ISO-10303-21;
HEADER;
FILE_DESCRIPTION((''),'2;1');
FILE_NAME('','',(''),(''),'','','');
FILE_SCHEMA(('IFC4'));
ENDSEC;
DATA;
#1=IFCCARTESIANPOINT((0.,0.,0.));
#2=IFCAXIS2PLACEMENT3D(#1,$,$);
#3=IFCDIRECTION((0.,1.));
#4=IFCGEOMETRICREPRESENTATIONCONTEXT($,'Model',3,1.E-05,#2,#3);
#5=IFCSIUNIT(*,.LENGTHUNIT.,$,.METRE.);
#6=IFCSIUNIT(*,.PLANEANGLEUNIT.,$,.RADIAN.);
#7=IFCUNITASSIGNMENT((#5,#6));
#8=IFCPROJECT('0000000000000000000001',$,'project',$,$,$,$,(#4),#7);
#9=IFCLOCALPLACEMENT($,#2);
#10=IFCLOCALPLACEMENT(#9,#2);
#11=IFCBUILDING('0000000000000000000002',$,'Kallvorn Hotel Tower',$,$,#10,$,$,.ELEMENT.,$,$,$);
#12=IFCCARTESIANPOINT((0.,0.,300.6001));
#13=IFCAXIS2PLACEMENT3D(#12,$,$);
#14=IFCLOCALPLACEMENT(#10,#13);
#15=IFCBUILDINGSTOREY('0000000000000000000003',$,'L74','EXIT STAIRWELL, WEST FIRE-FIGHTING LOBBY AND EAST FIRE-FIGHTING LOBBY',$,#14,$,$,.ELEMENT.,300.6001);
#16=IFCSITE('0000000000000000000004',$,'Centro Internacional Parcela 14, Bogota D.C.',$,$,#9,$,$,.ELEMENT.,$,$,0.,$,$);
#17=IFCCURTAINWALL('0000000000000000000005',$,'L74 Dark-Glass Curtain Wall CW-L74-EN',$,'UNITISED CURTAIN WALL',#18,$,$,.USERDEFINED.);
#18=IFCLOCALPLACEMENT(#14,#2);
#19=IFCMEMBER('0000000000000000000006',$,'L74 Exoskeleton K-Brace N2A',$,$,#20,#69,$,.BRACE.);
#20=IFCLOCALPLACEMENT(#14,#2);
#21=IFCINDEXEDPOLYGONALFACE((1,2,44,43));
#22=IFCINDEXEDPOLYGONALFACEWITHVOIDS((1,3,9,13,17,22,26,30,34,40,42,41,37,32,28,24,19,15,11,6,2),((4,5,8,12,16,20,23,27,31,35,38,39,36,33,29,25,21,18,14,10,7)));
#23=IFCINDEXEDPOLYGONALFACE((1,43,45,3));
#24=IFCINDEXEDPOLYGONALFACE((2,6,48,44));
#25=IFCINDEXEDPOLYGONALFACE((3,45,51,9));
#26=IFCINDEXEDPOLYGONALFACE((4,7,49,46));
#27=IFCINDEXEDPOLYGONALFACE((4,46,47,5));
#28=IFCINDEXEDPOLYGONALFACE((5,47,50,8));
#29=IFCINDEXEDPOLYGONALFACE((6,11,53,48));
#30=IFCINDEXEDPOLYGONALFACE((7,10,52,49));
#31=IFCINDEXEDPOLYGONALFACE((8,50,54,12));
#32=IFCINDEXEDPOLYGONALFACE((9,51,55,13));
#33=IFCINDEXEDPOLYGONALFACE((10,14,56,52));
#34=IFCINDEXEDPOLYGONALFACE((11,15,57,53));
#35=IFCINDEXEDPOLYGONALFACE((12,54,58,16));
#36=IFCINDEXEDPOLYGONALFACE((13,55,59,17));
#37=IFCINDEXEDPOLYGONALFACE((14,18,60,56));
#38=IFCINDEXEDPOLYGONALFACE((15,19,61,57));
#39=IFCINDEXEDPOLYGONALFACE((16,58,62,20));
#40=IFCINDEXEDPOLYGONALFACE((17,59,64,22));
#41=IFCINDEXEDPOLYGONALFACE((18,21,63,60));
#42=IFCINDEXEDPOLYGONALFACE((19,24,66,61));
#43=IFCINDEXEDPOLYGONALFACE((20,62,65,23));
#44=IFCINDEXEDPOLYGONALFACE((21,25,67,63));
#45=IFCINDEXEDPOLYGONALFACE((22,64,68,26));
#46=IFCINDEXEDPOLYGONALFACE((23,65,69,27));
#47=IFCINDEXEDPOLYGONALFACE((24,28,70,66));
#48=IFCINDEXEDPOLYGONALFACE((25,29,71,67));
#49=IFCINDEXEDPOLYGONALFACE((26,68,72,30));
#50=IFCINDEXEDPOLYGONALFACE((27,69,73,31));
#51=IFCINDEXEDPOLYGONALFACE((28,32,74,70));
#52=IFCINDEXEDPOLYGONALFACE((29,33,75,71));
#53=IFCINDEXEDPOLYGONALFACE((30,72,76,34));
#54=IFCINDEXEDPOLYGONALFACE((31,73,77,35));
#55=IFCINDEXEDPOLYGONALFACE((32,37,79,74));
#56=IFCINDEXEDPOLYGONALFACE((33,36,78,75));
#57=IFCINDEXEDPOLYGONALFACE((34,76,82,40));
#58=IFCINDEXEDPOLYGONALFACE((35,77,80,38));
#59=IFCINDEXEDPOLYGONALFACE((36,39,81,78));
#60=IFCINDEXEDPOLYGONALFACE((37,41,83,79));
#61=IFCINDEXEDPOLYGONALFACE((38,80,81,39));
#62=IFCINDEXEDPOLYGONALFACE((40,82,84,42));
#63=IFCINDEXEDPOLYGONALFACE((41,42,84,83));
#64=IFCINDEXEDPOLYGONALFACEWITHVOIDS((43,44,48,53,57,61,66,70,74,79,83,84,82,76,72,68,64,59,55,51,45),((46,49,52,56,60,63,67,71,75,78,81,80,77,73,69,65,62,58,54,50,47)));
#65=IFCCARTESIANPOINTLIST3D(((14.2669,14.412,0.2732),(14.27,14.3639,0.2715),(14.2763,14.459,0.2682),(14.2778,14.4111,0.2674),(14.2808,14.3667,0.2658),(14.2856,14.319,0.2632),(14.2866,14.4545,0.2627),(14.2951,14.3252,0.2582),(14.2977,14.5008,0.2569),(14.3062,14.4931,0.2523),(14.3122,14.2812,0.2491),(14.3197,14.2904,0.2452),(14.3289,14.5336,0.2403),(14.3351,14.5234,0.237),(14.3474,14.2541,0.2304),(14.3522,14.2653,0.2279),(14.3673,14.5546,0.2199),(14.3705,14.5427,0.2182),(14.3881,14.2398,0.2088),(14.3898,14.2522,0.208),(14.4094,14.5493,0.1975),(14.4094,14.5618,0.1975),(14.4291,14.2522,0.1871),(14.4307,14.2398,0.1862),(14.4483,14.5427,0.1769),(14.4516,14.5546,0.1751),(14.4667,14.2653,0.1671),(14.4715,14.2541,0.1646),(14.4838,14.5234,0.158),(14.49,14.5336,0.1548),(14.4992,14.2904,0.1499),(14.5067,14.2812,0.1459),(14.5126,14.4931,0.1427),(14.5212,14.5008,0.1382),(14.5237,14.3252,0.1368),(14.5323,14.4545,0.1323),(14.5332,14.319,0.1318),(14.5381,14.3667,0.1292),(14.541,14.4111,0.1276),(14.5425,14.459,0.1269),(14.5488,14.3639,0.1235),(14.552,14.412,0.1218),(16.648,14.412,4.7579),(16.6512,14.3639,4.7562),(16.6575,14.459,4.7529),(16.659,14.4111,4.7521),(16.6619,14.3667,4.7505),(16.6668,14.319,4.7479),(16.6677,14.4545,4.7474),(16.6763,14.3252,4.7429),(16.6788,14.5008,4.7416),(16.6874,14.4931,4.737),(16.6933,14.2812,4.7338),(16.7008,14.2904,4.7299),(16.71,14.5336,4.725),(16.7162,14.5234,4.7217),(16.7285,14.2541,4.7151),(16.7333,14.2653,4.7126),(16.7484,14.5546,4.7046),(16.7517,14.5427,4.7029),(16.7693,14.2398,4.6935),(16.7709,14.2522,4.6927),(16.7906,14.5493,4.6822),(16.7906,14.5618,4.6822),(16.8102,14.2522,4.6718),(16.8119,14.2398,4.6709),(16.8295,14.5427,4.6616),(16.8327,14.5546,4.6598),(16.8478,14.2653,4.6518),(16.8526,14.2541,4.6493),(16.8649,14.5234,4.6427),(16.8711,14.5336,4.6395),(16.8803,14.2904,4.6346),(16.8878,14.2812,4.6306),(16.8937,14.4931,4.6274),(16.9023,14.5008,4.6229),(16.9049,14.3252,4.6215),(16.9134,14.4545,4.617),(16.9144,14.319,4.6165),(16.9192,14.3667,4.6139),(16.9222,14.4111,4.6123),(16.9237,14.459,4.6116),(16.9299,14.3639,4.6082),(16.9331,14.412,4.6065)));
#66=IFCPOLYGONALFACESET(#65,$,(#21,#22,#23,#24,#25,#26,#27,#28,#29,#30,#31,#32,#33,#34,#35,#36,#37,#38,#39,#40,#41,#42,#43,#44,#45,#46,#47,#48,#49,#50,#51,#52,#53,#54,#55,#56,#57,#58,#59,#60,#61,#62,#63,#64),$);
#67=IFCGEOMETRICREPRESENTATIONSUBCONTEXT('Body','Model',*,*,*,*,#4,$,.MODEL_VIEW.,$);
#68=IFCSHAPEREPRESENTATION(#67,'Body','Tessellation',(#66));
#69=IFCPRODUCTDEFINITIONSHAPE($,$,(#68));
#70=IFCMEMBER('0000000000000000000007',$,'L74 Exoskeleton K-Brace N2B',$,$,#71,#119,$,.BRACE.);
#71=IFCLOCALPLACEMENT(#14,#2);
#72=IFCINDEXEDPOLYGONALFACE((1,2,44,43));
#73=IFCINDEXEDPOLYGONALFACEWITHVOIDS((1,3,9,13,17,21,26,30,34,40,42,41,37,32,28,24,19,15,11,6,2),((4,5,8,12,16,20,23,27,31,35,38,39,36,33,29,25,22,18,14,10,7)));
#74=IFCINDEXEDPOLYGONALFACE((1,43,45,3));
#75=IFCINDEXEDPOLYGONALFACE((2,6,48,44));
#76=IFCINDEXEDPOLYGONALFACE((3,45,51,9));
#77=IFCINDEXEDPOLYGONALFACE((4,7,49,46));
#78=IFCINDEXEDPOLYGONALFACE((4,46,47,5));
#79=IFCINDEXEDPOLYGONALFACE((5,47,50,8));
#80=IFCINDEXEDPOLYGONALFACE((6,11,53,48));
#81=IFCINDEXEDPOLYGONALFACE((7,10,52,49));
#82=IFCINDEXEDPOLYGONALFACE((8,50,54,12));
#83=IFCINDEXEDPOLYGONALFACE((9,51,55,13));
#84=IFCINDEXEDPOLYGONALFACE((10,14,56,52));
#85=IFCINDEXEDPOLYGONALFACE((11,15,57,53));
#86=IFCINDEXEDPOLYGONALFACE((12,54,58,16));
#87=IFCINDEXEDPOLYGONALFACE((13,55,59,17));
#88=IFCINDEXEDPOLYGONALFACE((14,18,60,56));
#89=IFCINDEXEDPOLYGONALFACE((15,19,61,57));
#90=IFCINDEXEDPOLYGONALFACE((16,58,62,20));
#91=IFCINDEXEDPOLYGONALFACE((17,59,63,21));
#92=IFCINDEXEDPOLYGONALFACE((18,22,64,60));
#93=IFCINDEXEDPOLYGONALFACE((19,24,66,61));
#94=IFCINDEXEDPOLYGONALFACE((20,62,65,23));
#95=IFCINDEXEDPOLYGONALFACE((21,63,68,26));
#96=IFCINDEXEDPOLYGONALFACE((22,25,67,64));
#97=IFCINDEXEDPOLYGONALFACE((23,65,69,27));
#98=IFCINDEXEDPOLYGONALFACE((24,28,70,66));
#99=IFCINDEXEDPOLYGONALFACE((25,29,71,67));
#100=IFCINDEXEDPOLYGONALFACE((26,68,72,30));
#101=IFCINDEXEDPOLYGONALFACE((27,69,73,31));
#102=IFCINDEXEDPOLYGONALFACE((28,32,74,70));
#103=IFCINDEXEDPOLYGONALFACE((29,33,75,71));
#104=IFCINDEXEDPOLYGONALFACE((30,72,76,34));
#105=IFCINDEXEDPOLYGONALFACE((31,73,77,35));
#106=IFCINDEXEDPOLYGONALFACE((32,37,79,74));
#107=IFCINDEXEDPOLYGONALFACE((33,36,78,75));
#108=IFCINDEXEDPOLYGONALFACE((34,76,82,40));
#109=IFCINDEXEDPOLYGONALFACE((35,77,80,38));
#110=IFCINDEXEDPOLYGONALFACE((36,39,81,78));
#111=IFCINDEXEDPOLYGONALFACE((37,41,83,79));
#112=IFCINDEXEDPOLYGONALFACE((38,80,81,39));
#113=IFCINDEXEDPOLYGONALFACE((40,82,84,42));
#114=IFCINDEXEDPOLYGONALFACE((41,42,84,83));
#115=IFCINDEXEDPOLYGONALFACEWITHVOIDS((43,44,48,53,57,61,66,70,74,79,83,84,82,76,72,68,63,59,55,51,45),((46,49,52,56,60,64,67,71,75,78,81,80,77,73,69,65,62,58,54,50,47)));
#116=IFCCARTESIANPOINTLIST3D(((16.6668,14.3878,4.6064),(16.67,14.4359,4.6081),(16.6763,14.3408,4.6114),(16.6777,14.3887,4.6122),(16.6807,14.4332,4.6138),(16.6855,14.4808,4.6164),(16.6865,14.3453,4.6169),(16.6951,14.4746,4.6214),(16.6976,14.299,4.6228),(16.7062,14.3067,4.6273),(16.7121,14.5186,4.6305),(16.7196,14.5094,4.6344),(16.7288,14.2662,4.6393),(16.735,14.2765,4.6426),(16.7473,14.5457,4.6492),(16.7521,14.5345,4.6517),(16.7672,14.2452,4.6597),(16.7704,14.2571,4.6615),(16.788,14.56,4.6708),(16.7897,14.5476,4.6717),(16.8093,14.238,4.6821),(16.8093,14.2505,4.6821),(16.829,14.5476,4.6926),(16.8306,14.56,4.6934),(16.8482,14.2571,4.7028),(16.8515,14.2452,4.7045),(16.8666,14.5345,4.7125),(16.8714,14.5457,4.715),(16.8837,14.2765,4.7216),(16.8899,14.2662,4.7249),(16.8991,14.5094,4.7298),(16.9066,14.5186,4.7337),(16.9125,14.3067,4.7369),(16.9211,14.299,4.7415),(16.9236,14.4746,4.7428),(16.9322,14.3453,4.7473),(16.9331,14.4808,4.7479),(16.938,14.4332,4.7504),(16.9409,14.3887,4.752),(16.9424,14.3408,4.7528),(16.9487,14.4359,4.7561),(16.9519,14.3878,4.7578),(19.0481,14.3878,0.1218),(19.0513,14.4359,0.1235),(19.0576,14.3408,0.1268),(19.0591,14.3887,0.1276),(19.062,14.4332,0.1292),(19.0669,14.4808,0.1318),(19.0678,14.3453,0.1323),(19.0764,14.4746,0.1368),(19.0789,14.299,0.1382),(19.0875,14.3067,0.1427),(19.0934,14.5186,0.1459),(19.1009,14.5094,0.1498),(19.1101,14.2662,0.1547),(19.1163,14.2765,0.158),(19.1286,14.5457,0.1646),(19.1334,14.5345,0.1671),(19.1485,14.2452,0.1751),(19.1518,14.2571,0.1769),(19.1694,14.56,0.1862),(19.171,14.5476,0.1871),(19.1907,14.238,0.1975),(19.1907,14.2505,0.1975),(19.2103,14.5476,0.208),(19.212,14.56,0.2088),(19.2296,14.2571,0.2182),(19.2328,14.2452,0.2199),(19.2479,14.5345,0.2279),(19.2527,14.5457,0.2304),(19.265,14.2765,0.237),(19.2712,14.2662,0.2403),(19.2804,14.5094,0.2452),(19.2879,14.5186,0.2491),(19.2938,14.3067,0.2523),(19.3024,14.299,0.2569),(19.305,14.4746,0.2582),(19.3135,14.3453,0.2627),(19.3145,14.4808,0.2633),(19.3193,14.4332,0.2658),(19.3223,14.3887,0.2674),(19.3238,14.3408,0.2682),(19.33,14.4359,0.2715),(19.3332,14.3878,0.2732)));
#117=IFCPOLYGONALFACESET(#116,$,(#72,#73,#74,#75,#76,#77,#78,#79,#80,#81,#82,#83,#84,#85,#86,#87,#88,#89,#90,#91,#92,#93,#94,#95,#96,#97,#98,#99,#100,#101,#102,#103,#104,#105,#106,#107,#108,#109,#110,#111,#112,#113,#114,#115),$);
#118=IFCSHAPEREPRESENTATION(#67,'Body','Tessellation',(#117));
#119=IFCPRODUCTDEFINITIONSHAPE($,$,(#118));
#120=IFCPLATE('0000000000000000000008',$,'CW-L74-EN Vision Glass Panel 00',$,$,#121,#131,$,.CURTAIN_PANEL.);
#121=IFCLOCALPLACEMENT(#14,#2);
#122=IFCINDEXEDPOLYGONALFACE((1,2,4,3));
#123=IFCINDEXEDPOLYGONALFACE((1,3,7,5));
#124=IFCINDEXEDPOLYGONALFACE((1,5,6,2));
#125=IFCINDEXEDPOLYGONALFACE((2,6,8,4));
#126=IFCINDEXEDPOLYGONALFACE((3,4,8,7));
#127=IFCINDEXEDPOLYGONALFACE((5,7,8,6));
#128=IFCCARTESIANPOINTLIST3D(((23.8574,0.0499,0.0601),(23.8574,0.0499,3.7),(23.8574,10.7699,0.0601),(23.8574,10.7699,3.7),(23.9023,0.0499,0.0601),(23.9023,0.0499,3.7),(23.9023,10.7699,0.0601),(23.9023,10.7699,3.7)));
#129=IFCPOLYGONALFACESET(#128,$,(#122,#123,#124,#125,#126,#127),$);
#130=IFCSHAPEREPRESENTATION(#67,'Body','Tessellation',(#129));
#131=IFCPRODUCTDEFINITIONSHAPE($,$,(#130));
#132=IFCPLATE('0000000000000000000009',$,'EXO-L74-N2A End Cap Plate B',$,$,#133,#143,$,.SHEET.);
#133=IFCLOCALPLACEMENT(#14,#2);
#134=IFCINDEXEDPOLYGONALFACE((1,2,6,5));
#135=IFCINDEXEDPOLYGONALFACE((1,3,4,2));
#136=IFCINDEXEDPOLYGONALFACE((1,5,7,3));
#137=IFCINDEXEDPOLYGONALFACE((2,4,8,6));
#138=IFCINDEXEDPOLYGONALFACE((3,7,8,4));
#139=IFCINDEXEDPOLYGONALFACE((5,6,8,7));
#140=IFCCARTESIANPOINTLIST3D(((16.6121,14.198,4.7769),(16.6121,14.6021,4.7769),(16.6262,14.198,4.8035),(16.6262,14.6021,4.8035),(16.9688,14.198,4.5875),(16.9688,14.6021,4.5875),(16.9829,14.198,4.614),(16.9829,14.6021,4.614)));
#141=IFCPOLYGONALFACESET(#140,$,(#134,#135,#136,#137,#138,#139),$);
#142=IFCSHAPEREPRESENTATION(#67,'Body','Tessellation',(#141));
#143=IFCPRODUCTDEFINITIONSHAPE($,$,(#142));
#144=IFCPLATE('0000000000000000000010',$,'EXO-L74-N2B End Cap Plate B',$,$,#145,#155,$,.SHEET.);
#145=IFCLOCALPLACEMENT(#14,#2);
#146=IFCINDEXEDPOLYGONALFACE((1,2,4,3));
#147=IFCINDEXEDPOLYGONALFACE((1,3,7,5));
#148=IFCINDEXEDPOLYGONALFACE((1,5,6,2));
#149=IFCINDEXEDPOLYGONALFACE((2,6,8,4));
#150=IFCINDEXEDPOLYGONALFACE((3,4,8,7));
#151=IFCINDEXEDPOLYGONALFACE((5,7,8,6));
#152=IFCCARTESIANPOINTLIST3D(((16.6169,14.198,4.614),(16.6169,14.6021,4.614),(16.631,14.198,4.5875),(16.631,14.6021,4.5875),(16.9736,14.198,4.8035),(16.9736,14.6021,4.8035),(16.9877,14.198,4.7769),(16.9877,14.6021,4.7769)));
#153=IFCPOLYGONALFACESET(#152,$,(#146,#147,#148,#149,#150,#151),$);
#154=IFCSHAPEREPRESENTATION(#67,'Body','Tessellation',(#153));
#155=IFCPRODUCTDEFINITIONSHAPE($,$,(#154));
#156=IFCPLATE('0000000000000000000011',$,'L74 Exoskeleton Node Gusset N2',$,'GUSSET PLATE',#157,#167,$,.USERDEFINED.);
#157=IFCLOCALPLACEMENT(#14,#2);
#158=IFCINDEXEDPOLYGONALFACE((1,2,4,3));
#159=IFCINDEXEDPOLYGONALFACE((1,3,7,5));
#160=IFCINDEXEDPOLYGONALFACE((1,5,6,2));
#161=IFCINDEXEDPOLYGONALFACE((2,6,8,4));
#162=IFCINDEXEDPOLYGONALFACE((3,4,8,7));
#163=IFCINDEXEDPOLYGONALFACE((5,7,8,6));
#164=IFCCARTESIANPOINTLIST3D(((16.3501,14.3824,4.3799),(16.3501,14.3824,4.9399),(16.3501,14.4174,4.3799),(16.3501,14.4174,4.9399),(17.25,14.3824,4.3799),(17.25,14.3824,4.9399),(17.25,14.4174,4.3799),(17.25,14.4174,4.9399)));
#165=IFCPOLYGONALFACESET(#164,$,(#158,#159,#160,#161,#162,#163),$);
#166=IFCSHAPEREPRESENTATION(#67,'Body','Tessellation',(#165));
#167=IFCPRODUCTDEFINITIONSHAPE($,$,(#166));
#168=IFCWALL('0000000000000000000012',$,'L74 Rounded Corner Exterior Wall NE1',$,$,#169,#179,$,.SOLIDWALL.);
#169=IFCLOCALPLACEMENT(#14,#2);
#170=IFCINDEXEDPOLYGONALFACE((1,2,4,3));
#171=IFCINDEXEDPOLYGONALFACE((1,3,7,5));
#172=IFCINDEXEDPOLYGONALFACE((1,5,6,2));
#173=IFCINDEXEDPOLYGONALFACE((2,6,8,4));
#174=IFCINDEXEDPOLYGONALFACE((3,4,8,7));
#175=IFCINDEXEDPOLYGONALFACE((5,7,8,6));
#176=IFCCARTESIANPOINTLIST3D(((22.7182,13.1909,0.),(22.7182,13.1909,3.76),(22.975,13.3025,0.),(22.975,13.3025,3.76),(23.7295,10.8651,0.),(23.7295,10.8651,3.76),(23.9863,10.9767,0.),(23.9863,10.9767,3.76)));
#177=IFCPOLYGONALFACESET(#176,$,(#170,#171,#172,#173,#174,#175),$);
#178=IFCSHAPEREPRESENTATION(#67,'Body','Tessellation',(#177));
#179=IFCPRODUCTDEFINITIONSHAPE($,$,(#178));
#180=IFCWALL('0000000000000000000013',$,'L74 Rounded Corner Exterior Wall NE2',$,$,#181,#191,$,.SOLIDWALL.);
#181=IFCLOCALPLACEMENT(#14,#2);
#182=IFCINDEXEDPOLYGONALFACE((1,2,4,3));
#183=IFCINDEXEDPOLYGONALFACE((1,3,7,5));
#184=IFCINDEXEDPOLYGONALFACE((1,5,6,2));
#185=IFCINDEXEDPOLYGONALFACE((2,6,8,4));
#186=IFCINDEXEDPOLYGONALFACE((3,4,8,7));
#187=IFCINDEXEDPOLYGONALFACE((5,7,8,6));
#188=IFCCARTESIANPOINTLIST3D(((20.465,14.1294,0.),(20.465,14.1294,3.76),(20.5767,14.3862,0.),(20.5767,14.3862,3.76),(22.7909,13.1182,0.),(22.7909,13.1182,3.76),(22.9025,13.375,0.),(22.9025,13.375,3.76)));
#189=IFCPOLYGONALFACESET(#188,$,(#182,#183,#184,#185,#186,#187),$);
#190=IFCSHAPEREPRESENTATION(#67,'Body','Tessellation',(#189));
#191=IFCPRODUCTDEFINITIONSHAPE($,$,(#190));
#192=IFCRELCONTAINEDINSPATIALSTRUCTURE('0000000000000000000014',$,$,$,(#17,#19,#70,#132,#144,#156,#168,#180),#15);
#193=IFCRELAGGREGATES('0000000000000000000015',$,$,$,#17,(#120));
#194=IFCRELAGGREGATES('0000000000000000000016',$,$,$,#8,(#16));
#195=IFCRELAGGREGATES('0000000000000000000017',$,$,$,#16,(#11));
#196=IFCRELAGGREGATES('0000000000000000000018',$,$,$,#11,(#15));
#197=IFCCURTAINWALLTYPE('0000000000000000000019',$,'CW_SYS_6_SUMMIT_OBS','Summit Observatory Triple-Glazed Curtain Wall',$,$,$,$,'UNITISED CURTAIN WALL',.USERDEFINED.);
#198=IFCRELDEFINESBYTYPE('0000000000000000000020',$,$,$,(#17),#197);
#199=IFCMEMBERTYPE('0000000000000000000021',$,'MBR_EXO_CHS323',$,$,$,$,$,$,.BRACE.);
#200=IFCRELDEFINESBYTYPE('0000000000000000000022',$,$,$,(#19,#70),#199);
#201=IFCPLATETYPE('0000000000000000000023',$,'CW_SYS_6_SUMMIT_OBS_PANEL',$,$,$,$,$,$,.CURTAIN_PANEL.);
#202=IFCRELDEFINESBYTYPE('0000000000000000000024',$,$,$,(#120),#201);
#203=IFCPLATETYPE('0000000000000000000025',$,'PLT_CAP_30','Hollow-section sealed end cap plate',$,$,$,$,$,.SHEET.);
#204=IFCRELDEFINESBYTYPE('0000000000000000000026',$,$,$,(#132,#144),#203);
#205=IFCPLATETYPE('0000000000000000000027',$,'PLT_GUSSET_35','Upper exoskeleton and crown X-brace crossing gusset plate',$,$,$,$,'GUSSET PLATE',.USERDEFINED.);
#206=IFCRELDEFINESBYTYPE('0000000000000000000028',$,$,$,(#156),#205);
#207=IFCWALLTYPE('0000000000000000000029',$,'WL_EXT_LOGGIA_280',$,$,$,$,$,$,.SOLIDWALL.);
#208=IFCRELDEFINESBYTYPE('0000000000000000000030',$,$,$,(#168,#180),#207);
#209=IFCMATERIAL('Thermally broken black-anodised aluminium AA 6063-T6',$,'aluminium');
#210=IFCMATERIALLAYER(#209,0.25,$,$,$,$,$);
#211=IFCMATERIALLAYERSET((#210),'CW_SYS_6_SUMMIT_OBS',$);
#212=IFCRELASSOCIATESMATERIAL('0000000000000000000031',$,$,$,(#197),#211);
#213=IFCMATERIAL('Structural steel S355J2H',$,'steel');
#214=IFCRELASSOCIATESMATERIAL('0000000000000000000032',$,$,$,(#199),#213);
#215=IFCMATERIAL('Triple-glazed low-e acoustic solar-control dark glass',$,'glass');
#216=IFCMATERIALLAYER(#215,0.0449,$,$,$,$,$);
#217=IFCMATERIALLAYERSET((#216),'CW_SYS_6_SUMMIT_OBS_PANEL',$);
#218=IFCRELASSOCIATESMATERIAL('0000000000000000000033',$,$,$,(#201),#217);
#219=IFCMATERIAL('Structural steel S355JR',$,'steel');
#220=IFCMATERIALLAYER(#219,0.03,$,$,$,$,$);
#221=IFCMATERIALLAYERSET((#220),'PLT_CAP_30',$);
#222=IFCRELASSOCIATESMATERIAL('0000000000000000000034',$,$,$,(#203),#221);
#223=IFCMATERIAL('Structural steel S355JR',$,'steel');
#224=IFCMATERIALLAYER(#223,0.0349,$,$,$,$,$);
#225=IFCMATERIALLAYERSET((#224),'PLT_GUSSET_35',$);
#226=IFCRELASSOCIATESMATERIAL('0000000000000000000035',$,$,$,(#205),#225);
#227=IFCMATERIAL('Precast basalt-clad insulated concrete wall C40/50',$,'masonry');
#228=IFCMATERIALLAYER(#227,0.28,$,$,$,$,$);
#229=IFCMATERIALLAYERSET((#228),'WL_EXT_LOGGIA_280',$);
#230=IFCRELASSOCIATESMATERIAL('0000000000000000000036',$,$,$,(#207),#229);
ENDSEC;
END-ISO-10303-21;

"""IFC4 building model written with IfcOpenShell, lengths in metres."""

from ifc_helpers import new_model, si_unit, direction, frame, frame_2d, origin, origin_2d, place, context, subcontext, project, spatial, polyline, rectangle, hollow_circle, outline, extrude, material, layer, layer_set, material_profile, profile_set, type_object, element, aggregate, save


model = new_model("IFC4")

# Units and contexts
model_context = context("Model", 3, precision=1e-05, world=origin(), true_north=direction((0.0, 1.0)))
body_context = subcontext(model_context, "Body", "Model", "MODEL_VIEW")
ifc_project = project(units=[si_unit("LENGTHUNIT", "METRE"), si_unit("PLANEANGLEUNIT", "RADIAN")], contexts=[model_context])

# Site, building, storey
site_placement = place(None, origin())
site = spatial("IfcSite", under=ifc_project, at=site_placement, Name="Centro Internacional Parcela 14, Bogota D.C.", CompositionType="ELEMENT", RefElevation=0.0)
building_placement = place(site_placement, origin())
building = spatial("IfcBuilding", under=site, at=building_placement, Name="Kallvorn Hotel Tower", CompositionType="ELEMENT")
storey_placement = place(building_placement, frame((0.0, 0.0, 300.6001)))
storey = spatial("IfcBuildingStorey", under=building, at=storey_placement, Name="L74", Description="EXIT STAIRWELL, WEST FIRE-FIGHTING LOBBY AND EAST FIRE-FIGHTING LOBBY", CompositionType="ELEMENT", Elevation=300.6001)

# Curtain wall
ifc_material_1 = material(Name="Thermally broken black-anodised aluminium AA 6063-T6", Category="aluminium")
ifc_layer_1 = layer(ifc_material_1, 0.25)
ifc_layer_set_1 = layer_set([ifc_layer_1], Name="CW_SYS_6_SUMMIT_OBS")
curtain_wall_type = type_object("IfcCurtainWallType", Name="CW_SYS_6_SUMMIT_OBS", Description="Summit Observatory Triple-Glazed Curtain Wall", ElementType="UNITISED CURTAIN WALL", PredefinedType="USERDEFINED", material=ifc_layer_set_1)
curtain_wall_placement = place(storey_placement, origin())
curtain_wall = element("IfcCurtainWall", 1, at=curtain_wall_placement, inside=storey, type_object=curtain_wall_type, Name="L74 Dark-Glass Curtain Wall CW-L74-EN", ObjectType="UNITISED CURTAIN WALL", PredefinedType="USERDEFINED")

# Members
ifc_material_2 = material(Name="Structural steel S355J2H", Category="steel")
ifc_material_profile_1 = material_profile(ifc_material_2, hollow_circle(Radius=0.1619, WallThickness=0.0125, at=origin_2d()), Name="CHS 323.9x12.5")
ifc_profile_set_1 = profile_set([ifc_material_profile_1], Name="Structural steel S355J2H")
member_type_1 = type_object("IfcMemberType", Name="MBR_EXO_CHS323", PredefinedType="BRACE", material=ifc_profile_set_1)
for number, where, z_axis, x_axis, name in (
    (2, (14.4094, 14.3999, 0.1975), (0.468948, 0.0, 0.883226), (0.0, 1.0, 0.0), "L74 Exoskeleton K-Brace N2A"),
    (3, (19.1907, 14.3999, 0.1975), (-0.468985, 0.0, 0.883206), (0.0, -1.0, 0.0), "L74 Exoskeleton K-Brace N2B"),
):
    element("IfcMember", number, at=place(storey_placement, frame(where, z_axis=z_axis, x_axis=x_axis)), inside=storey, type_object=member_type_1, Name=name, PredefinedType="BRACE", context=body_context, shape_type="SweptSolid", body=[
        extrude(hollow_circle(Radius=0.1619, WallThickness=0.0125, at=origin_2d()), origin(), (0.0, 0.0, 1.0), 5.0776),
    ])

# Plate
ifc_material_3 = material(Name="Triple-glazed low-e acoustic solar-control dark glass", Category="glass")
ifc_layer_2 = layer(ifc_material_3, 0.0449)
ifc_layer_set_2 = layer_set([ifc_layer_2], Name="CW_SYS_6_SUMMIT_OBS_PANEL")
plate_type_1 = type_object("IfcPlateType", Name="CW_SYS_6_SUMMIT_OBS_PANEL", PredefinedType="CURTAIN_PANEL", material=ifc_layer_set_2)
plate_1_placement = place(storey_placement, frame((23.8799, 5.4099, 0.0601), z_axis=(0.0, 0.0, 1.0), x_axis=(0.0, 1.0, 0.0)))
plate_1 = element("IfcPlate", 4, at=plate_1_placement, type_object=plate_type_1, Name="CW-L74-EN Vision Glass Panel 00", PredefinedType="CURTAIN_PANEL", context=body_context, shape_type="SweptSolid", body=[
    extrude(rectangle(XDim=10.72, YDim=0.0449, at=origin_2d()), origin(), (0.0, 0.0, 1.0), 3.6399),
])
aggregate(curtain_wall, [plate_1])

# Plates
ifc_material_4 = material(Name="Structural steel S355JR", Category="steel")
ifc_layer_3 = layer(ifc_material_4, 0.03)
ifc_layer_set_3 = layer_set([ifc_layer_3], Name="PLT_CAP_30")
plate_type_2 = type_object("IfcPlateType", Name="PLT_CAP_30", Description="Hollow-section sealed end cap plate", PredefinedType="SHEET", material=ifc_layer_set_3)
for number, where, z_axis, x_axis, name in (
    (5, (16.9829, 14.198, 4.614), (0.469082, 0.0, 0.883155), (0.0, 1.0, 0.0), "EXO-L74-N2A End Cap Plate B"),
    (6, (16.6169, 14.6021, 4.614), (-0.469082, 0.0, 0.883155), (0.0, -1.0, 0.0), "EXO-L74-N2B End Cap Plate B"),
):
    element("IfcPlate", number, at=place(storey_placement, frame(where, z_axis=z_axis, x_axis=x_axis)), inside=storey, type_object=plate_type_2, Name=name, PredefinedType="SHEET", context=body_context, shape_type="SweptSolid", body=[
        extrude(outline(polyline([(0.0, 0.0), (0.4041, 0.0), (0.4041, 0.4039), (0.0, 0.4039), (0.0, 0.0)])), origin(), (0.0, 0.0, -1.0), 0.03),
    ])
ifc_material_5 = material(Name="Structural steel S355JR", Category="steel")
ifc_layer_4 = layer(ifc_material_5, 0.0349)
ifc_layer_set_4 = layer_set([ifc_layer_4], Name="PLT_GUSSET_35")
plate_type_3 = type_object("IfcPlateType", Name="PLT_GUSSET_35", Description="Upper exoskeleton and crown X-brace crossing gusset plate", ElementType="GUSSET PLATE", PredefinedType="USERDEFINED", material=ifc_layer_set_4)
plate_2_placement = place(storey_placement, frame((16.8, 14.3999, 4.3799), z_axis=(0.0, 0.0, 1.0), x_axis=(1.0, 0.0, 0.0)))
element("IfcPlate", 7, at=plate_2_placement, inside=storey, type_object=plate_type_3, Name="L74 Exoskeleton Node Gusset N2", ObjectType="GUSSET PLATE", PredefinedType="USERDEFINED", context=body_context, shape_type="SweptSolid", body=[
    extrude(rectangle(XDim=0.8999, YDim=0.0349, at=origin_2d()), origin(), (0.0, 0.0, 1.0), 0.5601),
])

# Walls
ifc_material_6 = material(Name="Precast basalt-clad insulated concrete wall C40/50", Category="masonry")
ifc_layer_5 = layer(ifc_material_6, 0.28)
ifc_layer_set_5 = layer_set([ifc_layer_5], Name="WL_EXT_LOGGIA_280")
wall_type_1 = type_object("IfcWallType", Name="WL_EXT_LOGGIA_280", PredefinedType="SOLIDWALL", material=ifc_layer_set_5)
for number, where, z_axis, x_axis, name in (
    (8, (23.8579, 10.9209, 0.0), (0.0, 0.0, 1.0), (-0.398747, 0.917061, 0.0), "L74 Rounded Corner Exterior Wall NE1"),
    (9, (22.8467, 13.2466, 0.0), (0.0, 0.0, 1.0), (-0.917076, 0.398712, 0.0), "L74 Rounded Corner Exterior Wall NE2"),
):
    element("IfcWall", number, at=place(storey_placement, frame(where, z_axis=z_axis, x_axis=x_axis)), inside=storey, type_object=wall_type_1, Name=name, PredefinedType="SOLIDWALL", context=body_context, shape_type="SweptSolid", body=[
        extrude(rectangle(XDim=2.5361, YDim=0.28, at=frame_2d((1.2681, 0.0))), origin(), (0.0, 0.0, 1.0), 3.76),
    ])

save(model, "model.ifc")
